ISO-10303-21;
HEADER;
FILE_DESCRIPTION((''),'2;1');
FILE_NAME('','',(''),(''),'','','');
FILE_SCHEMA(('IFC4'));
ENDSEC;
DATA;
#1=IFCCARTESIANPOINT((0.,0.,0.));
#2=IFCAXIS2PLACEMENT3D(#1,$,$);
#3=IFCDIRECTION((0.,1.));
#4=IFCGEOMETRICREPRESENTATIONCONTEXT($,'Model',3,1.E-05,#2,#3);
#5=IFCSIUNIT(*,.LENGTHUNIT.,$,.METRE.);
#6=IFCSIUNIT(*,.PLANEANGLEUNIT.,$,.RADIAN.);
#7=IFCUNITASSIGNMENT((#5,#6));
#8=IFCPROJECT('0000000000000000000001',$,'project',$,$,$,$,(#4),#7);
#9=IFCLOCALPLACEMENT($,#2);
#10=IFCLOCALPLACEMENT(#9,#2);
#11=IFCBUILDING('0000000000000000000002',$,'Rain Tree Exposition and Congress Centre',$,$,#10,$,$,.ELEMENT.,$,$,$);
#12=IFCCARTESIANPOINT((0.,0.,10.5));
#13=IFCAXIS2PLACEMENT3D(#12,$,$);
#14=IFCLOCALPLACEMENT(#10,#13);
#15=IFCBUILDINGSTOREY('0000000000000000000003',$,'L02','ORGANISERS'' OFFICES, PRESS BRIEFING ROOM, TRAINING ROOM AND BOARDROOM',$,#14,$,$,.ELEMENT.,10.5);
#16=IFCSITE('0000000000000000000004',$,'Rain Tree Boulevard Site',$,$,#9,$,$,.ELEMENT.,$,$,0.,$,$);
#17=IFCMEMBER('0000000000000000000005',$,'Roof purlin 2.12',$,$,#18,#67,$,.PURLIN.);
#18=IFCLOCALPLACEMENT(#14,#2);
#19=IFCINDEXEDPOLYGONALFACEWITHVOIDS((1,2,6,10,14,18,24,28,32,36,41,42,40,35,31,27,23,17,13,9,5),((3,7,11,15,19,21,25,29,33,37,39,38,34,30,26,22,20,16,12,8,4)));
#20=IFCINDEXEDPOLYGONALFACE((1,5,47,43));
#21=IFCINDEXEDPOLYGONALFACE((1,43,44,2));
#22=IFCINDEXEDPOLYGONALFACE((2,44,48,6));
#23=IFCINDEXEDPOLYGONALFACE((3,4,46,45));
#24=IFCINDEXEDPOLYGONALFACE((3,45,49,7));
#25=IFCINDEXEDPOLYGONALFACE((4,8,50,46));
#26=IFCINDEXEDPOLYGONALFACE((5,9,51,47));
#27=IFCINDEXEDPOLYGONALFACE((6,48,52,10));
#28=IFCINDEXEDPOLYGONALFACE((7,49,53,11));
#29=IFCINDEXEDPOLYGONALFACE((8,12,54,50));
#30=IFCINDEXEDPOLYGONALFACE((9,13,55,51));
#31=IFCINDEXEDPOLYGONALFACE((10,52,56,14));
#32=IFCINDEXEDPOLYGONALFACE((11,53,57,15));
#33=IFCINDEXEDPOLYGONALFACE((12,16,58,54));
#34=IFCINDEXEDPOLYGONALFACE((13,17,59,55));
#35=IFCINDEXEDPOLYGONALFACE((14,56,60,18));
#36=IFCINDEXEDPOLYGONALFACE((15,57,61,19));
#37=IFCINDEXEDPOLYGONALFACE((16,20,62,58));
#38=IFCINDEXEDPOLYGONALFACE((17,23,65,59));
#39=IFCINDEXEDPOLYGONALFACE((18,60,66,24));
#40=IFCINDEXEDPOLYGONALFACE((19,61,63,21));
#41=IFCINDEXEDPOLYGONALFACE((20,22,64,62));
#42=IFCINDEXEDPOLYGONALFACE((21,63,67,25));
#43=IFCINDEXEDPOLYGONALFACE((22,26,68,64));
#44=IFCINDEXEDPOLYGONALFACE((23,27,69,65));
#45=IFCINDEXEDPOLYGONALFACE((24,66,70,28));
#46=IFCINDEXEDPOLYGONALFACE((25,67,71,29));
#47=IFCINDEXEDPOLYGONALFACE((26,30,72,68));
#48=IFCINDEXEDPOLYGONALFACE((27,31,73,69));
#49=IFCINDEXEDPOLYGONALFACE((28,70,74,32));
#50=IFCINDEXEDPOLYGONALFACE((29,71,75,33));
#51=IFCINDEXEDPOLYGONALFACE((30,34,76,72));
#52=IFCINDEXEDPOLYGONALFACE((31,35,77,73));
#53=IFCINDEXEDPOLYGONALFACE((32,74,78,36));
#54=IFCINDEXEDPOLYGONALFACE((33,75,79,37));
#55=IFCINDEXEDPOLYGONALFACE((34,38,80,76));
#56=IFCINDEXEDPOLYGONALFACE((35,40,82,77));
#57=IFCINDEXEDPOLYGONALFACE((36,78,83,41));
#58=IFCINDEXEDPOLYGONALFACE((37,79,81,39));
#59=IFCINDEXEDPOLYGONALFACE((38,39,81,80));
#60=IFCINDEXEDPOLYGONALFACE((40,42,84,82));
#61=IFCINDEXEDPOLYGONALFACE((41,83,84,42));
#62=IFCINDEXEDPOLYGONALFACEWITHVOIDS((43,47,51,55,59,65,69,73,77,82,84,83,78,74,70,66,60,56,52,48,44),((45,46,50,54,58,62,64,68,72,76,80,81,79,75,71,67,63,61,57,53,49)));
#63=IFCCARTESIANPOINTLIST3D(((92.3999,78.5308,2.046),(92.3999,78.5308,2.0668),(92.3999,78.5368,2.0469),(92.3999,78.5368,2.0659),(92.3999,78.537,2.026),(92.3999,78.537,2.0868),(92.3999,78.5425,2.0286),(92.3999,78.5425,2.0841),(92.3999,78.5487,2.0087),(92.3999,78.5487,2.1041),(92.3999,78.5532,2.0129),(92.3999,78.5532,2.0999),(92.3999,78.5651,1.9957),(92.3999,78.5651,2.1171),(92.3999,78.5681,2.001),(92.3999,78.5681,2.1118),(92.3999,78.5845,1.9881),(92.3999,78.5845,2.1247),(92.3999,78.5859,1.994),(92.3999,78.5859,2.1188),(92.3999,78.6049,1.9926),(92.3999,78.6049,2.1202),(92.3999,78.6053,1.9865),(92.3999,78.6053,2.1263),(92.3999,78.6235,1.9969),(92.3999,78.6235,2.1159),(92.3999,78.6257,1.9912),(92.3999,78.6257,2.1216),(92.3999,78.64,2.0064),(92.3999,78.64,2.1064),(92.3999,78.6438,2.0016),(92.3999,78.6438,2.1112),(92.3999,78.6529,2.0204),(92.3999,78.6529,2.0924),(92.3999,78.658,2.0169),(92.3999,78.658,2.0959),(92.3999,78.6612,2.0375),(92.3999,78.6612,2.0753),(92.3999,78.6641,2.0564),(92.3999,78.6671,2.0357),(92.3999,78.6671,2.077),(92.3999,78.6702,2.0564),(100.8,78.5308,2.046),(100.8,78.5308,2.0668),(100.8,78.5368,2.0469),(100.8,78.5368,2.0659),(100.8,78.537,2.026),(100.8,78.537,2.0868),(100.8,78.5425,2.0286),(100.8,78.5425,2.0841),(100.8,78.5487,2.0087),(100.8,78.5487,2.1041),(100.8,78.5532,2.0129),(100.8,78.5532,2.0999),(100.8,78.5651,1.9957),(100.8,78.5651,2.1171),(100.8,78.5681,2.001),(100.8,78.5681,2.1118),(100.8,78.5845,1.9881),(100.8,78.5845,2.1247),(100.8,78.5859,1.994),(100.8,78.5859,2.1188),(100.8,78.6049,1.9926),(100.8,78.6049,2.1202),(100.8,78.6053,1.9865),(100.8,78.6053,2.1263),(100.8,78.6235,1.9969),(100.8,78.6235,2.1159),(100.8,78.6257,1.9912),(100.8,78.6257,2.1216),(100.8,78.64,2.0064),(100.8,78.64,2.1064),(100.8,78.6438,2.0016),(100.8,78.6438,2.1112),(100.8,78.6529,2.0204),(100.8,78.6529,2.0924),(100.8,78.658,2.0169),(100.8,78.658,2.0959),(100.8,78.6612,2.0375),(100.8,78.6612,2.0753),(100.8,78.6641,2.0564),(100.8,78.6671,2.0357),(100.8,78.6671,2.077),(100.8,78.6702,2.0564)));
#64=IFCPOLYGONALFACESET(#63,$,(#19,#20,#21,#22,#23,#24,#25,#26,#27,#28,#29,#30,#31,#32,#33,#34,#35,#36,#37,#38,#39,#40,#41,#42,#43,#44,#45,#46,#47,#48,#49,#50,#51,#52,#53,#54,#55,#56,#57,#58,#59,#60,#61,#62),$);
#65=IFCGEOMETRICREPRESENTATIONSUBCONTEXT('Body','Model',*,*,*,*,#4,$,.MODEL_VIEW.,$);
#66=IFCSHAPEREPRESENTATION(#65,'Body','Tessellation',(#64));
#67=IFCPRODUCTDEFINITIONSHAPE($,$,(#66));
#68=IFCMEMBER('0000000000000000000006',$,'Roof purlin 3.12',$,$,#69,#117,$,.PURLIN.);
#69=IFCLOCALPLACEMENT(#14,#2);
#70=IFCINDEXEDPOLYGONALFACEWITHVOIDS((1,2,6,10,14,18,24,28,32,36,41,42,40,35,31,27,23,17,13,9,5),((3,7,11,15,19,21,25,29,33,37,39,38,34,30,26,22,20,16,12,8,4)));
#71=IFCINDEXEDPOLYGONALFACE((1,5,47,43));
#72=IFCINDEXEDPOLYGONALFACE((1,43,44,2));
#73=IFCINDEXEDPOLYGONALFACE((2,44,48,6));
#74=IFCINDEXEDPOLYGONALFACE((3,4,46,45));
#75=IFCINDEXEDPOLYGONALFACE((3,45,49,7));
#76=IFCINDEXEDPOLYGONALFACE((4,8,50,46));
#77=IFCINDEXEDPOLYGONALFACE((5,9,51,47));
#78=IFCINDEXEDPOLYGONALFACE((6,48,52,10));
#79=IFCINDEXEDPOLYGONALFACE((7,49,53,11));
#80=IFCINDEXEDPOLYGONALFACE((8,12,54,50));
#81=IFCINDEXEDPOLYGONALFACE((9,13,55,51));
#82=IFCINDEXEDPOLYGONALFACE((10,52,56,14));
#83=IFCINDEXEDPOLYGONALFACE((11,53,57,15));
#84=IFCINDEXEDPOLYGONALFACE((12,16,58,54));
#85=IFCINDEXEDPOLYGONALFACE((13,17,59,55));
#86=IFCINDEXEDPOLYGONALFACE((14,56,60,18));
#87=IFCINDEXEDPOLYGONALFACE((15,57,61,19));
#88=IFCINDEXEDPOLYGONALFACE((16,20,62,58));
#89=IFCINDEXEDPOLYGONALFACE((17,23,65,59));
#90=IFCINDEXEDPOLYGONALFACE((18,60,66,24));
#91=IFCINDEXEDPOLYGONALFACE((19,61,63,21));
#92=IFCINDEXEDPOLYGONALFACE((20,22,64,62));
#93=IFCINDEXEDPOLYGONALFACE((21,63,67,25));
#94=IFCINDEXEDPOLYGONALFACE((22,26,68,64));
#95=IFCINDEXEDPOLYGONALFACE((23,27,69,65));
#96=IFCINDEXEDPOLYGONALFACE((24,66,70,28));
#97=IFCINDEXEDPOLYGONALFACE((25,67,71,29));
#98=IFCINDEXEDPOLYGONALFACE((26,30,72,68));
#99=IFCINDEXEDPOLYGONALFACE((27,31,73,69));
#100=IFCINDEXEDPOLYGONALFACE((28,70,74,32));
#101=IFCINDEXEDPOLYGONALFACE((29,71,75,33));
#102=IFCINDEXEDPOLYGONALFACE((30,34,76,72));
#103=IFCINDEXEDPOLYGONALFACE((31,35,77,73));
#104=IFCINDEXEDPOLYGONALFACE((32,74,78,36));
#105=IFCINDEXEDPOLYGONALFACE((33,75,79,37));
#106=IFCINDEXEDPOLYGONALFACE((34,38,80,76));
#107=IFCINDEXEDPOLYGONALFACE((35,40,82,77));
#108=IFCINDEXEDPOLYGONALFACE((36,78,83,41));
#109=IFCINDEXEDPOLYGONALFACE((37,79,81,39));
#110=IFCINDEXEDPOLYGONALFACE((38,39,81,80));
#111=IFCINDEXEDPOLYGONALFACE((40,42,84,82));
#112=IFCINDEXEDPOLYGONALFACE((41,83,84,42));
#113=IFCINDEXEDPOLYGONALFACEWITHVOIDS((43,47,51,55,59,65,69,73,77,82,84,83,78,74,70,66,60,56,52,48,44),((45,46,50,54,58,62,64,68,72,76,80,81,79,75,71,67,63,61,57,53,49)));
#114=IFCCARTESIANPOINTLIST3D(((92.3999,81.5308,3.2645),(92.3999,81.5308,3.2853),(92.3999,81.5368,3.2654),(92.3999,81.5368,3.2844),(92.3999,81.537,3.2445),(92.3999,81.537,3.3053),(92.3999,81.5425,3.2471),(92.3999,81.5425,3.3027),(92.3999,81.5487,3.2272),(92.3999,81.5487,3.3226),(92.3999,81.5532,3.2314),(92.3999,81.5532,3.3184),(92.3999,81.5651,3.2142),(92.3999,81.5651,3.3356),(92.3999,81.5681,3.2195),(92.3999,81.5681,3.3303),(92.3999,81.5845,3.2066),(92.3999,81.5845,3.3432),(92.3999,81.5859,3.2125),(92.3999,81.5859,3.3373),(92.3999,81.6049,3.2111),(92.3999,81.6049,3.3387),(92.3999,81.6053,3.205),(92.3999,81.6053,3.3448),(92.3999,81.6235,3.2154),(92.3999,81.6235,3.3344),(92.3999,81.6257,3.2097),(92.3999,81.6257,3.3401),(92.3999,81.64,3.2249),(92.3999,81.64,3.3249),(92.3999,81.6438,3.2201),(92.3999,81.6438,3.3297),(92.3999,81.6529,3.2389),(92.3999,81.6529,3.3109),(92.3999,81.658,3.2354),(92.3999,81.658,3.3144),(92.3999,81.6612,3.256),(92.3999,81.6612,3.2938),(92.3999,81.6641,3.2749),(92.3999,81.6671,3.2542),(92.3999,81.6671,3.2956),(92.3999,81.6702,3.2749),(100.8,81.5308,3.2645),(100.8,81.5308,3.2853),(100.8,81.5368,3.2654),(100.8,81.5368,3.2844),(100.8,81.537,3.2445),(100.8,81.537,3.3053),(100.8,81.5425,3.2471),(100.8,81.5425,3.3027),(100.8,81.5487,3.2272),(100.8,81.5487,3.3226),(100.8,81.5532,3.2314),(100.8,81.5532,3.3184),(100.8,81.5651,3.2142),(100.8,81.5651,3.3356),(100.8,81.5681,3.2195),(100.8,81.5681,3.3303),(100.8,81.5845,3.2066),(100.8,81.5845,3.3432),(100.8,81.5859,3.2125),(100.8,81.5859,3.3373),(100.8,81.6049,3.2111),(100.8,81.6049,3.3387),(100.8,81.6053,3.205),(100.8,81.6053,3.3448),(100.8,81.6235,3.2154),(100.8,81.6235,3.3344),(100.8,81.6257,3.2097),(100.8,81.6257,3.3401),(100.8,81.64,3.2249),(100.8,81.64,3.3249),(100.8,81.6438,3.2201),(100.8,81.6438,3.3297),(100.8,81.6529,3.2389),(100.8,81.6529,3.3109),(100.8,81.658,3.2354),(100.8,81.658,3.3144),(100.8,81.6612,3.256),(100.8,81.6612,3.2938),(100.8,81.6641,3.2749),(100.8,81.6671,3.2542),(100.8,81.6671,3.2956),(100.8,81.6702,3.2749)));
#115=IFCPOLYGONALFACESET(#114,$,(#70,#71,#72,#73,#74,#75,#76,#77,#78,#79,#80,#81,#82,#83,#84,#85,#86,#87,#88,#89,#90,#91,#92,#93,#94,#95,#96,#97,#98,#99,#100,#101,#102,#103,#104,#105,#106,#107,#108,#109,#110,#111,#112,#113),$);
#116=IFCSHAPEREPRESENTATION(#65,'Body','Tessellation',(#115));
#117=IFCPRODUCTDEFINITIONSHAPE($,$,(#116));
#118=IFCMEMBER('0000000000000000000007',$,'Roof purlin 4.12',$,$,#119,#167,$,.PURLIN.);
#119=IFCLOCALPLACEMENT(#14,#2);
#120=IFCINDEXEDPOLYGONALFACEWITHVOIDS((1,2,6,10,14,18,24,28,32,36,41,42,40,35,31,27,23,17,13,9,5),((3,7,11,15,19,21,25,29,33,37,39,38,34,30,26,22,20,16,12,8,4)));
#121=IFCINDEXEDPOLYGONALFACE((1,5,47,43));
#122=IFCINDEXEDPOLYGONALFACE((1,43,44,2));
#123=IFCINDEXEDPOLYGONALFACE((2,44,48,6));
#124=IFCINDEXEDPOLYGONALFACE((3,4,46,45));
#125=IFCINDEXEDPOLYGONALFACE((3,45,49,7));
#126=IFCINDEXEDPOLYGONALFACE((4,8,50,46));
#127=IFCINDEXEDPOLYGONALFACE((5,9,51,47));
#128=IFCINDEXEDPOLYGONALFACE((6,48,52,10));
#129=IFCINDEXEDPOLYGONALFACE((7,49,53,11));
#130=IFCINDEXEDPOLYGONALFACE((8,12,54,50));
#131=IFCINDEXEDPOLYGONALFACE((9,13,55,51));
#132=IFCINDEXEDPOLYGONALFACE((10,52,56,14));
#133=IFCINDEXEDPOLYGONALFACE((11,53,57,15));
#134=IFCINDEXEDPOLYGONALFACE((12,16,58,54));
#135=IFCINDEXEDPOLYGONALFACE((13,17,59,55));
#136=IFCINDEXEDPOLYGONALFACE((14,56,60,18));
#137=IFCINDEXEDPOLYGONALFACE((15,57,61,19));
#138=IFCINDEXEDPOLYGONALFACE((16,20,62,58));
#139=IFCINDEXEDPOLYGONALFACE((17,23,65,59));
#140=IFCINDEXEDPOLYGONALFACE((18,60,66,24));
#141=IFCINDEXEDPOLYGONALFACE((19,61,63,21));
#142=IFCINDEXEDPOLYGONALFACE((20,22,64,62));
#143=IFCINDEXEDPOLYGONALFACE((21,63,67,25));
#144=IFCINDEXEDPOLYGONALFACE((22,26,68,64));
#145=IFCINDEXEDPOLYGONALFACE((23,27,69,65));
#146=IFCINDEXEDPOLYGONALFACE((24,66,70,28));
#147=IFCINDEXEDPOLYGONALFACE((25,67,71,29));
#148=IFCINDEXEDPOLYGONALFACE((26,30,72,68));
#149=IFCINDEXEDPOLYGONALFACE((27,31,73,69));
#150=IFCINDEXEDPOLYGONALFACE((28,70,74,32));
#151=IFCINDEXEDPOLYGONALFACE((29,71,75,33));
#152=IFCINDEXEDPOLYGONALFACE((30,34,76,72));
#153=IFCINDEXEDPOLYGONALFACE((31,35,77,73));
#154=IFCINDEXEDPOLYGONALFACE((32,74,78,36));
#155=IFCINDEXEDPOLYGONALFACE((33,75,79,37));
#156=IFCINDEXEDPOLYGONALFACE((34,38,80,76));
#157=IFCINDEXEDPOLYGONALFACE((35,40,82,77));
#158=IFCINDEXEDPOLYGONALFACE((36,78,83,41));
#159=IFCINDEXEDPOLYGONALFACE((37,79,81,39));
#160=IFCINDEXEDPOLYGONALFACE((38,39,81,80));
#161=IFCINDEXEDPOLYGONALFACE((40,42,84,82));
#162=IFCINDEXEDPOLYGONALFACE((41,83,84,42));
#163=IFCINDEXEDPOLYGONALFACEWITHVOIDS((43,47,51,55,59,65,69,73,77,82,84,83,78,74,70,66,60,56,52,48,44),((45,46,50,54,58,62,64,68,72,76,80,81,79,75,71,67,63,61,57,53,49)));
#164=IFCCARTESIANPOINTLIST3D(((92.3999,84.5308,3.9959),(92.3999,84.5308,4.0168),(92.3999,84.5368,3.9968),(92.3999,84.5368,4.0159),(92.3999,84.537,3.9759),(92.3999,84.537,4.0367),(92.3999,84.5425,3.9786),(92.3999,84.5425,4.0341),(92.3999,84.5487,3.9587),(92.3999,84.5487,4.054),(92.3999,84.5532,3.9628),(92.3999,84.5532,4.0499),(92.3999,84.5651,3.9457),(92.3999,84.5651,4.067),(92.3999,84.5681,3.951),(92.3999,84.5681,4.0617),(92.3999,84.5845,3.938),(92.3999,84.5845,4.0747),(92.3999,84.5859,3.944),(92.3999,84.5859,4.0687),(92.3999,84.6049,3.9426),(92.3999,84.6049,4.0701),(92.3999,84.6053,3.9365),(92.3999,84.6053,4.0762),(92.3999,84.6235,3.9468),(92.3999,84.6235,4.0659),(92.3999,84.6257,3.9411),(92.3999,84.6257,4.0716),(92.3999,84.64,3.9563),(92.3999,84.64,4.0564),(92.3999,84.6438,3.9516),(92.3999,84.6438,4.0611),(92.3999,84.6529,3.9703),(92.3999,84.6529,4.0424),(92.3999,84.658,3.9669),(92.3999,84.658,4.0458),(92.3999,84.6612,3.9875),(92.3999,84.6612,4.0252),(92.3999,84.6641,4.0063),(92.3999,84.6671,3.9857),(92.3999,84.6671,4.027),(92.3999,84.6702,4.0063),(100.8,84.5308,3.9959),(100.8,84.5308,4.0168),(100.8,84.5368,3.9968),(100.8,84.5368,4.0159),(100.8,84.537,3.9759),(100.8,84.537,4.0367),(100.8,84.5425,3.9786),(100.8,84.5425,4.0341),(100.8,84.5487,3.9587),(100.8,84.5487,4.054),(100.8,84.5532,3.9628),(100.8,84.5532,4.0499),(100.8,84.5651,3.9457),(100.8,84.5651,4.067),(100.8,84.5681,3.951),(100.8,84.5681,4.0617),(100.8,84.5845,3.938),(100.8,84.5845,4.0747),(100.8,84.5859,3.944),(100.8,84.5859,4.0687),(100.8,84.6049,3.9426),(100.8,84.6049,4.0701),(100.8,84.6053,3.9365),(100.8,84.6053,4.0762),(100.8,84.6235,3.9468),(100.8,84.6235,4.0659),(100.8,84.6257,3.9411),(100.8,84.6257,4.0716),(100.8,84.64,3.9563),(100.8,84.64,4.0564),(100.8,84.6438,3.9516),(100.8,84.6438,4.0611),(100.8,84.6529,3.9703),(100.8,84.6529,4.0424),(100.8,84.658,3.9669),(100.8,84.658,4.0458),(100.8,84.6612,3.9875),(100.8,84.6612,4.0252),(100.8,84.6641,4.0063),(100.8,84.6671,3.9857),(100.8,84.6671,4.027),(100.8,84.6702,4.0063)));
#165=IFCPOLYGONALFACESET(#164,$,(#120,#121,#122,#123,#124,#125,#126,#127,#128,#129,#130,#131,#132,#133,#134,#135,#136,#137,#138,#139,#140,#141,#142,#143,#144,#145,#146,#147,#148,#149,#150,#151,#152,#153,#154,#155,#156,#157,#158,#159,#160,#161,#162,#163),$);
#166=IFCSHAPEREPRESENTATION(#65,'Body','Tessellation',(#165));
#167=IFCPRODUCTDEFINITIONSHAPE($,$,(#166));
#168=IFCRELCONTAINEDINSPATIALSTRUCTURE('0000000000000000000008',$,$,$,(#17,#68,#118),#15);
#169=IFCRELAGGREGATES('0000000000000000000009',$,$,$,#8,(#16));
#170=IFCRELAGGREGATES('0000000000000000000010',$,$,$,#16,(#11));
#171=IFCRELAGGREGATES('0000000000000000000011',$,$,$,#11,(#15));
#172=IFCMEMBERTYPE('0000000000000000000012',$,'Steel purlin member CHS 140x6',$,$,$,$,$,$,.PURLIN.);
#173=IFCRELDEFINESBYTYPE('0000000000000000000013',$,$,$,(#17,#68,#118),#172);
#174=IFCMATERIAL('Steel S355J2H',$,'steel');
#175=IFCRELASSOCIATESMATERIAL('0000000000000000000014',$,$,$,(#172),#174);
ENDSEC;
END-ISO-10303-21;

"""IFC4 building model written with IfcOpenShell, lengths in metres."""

from ifc_helpers import new_model, si_unit, direction, frame, origin, origin_2d, place, context, subcontext, project, spatial, hollow_circle, extrude, material, material_profile, profile_set, type_object, element, save


model = new_model("IFC4")

# Units and contexts
model_context = context("Model", 3, precision=1e-05, world=origin(), true_north=direction((0.0, 1.0)))
body_context = subcontext(model_context, "Body", "Model", "MODEL_VIEW")
ifc_project = project(units=[si_unit("LENGTHUNIT", "METRE"), si_unit("PLANEANGLEUNIT", "RADIAN")], contexts=[model_context])

# Site, building, storey
site_placement = place(None, origin())
site = spatial("IfcSite", under=ifc_project, at=site_placement, Name="Rain Tree Boulevard Site", CompositionType="ELEMENT", RefElevation=0.0)
building_placement = place(site_placement, origin())
building = spatial("IfcBuilding", under=site, at=building_placement, Name="Rain Tree Exposition and Congress Centre", CompositionType="ELEMENT")
storey_placement = place(building_placement, frame((0.0, 0.0, 10.5)))
storey = spatial("IfcBuildingStorey", under=building, at=storey_placement, Name="L02", Description="ORGANISERS' OFFICES, PRESS BRIEFING ROOM, TRAINING ROOM AND BOARDROOM", CompositionType="ELEMENT", Elevation=10.5)

# Members
ifc_material_1 = material(Name="Steel S355J2H", Category="steel")
ifc_material_profile_1 = material_profile(ifc_material_1, hollow_circle(Radius=0.0701, WallThickness=0.0061, at=origin_2d()), Name="CHS 140x6")
ifc_profile_set_1 = profile_set([ifc_material_profile_1], Name="Steel S355J2H")
member_type_1 = type_object("IfcMemberType", Name="Steel purlin member CHS 140x6", PredefinedType="PURLIN", material=ifc_profile_set_1)
for number, where, z_axis, x_axis, name in (
    (1, (92.3999, 78.6001, 2.0564), (1.0, 0.0, 0.0), (0.0, 1.0, 0.0), "Roof purlin 2.12"),
    (2, (92.3999, 81.6001, 3.2749), (1.0, 0.0, 0.0), (0.0, 1.0, 0.0), "Roof purlin 3.12"),
    (3, (92.3999, 84.6001, 4.0063), (1.0, 0.0, 0.0), (0.0, 1.0, 0.0), "Roof purlin 4.12"),
):
    element("IfcMember", number, at=place(storey_placement, frame(where, z_axis=z_axis, x_axis=x_axis)), inside=storey, type_object=member_type_1, Name=name, PredefinedType="PURLIN", context=body_context, shape_type="SweptSolid", body=[
        extrude(hollow_circle(Radius=0.0701, WallThickness=0.0061, at=origin_2d()), origin(), (0.0, 0.0, 1.0), 8.4001),
    ])

save(model, "model.ifc")
